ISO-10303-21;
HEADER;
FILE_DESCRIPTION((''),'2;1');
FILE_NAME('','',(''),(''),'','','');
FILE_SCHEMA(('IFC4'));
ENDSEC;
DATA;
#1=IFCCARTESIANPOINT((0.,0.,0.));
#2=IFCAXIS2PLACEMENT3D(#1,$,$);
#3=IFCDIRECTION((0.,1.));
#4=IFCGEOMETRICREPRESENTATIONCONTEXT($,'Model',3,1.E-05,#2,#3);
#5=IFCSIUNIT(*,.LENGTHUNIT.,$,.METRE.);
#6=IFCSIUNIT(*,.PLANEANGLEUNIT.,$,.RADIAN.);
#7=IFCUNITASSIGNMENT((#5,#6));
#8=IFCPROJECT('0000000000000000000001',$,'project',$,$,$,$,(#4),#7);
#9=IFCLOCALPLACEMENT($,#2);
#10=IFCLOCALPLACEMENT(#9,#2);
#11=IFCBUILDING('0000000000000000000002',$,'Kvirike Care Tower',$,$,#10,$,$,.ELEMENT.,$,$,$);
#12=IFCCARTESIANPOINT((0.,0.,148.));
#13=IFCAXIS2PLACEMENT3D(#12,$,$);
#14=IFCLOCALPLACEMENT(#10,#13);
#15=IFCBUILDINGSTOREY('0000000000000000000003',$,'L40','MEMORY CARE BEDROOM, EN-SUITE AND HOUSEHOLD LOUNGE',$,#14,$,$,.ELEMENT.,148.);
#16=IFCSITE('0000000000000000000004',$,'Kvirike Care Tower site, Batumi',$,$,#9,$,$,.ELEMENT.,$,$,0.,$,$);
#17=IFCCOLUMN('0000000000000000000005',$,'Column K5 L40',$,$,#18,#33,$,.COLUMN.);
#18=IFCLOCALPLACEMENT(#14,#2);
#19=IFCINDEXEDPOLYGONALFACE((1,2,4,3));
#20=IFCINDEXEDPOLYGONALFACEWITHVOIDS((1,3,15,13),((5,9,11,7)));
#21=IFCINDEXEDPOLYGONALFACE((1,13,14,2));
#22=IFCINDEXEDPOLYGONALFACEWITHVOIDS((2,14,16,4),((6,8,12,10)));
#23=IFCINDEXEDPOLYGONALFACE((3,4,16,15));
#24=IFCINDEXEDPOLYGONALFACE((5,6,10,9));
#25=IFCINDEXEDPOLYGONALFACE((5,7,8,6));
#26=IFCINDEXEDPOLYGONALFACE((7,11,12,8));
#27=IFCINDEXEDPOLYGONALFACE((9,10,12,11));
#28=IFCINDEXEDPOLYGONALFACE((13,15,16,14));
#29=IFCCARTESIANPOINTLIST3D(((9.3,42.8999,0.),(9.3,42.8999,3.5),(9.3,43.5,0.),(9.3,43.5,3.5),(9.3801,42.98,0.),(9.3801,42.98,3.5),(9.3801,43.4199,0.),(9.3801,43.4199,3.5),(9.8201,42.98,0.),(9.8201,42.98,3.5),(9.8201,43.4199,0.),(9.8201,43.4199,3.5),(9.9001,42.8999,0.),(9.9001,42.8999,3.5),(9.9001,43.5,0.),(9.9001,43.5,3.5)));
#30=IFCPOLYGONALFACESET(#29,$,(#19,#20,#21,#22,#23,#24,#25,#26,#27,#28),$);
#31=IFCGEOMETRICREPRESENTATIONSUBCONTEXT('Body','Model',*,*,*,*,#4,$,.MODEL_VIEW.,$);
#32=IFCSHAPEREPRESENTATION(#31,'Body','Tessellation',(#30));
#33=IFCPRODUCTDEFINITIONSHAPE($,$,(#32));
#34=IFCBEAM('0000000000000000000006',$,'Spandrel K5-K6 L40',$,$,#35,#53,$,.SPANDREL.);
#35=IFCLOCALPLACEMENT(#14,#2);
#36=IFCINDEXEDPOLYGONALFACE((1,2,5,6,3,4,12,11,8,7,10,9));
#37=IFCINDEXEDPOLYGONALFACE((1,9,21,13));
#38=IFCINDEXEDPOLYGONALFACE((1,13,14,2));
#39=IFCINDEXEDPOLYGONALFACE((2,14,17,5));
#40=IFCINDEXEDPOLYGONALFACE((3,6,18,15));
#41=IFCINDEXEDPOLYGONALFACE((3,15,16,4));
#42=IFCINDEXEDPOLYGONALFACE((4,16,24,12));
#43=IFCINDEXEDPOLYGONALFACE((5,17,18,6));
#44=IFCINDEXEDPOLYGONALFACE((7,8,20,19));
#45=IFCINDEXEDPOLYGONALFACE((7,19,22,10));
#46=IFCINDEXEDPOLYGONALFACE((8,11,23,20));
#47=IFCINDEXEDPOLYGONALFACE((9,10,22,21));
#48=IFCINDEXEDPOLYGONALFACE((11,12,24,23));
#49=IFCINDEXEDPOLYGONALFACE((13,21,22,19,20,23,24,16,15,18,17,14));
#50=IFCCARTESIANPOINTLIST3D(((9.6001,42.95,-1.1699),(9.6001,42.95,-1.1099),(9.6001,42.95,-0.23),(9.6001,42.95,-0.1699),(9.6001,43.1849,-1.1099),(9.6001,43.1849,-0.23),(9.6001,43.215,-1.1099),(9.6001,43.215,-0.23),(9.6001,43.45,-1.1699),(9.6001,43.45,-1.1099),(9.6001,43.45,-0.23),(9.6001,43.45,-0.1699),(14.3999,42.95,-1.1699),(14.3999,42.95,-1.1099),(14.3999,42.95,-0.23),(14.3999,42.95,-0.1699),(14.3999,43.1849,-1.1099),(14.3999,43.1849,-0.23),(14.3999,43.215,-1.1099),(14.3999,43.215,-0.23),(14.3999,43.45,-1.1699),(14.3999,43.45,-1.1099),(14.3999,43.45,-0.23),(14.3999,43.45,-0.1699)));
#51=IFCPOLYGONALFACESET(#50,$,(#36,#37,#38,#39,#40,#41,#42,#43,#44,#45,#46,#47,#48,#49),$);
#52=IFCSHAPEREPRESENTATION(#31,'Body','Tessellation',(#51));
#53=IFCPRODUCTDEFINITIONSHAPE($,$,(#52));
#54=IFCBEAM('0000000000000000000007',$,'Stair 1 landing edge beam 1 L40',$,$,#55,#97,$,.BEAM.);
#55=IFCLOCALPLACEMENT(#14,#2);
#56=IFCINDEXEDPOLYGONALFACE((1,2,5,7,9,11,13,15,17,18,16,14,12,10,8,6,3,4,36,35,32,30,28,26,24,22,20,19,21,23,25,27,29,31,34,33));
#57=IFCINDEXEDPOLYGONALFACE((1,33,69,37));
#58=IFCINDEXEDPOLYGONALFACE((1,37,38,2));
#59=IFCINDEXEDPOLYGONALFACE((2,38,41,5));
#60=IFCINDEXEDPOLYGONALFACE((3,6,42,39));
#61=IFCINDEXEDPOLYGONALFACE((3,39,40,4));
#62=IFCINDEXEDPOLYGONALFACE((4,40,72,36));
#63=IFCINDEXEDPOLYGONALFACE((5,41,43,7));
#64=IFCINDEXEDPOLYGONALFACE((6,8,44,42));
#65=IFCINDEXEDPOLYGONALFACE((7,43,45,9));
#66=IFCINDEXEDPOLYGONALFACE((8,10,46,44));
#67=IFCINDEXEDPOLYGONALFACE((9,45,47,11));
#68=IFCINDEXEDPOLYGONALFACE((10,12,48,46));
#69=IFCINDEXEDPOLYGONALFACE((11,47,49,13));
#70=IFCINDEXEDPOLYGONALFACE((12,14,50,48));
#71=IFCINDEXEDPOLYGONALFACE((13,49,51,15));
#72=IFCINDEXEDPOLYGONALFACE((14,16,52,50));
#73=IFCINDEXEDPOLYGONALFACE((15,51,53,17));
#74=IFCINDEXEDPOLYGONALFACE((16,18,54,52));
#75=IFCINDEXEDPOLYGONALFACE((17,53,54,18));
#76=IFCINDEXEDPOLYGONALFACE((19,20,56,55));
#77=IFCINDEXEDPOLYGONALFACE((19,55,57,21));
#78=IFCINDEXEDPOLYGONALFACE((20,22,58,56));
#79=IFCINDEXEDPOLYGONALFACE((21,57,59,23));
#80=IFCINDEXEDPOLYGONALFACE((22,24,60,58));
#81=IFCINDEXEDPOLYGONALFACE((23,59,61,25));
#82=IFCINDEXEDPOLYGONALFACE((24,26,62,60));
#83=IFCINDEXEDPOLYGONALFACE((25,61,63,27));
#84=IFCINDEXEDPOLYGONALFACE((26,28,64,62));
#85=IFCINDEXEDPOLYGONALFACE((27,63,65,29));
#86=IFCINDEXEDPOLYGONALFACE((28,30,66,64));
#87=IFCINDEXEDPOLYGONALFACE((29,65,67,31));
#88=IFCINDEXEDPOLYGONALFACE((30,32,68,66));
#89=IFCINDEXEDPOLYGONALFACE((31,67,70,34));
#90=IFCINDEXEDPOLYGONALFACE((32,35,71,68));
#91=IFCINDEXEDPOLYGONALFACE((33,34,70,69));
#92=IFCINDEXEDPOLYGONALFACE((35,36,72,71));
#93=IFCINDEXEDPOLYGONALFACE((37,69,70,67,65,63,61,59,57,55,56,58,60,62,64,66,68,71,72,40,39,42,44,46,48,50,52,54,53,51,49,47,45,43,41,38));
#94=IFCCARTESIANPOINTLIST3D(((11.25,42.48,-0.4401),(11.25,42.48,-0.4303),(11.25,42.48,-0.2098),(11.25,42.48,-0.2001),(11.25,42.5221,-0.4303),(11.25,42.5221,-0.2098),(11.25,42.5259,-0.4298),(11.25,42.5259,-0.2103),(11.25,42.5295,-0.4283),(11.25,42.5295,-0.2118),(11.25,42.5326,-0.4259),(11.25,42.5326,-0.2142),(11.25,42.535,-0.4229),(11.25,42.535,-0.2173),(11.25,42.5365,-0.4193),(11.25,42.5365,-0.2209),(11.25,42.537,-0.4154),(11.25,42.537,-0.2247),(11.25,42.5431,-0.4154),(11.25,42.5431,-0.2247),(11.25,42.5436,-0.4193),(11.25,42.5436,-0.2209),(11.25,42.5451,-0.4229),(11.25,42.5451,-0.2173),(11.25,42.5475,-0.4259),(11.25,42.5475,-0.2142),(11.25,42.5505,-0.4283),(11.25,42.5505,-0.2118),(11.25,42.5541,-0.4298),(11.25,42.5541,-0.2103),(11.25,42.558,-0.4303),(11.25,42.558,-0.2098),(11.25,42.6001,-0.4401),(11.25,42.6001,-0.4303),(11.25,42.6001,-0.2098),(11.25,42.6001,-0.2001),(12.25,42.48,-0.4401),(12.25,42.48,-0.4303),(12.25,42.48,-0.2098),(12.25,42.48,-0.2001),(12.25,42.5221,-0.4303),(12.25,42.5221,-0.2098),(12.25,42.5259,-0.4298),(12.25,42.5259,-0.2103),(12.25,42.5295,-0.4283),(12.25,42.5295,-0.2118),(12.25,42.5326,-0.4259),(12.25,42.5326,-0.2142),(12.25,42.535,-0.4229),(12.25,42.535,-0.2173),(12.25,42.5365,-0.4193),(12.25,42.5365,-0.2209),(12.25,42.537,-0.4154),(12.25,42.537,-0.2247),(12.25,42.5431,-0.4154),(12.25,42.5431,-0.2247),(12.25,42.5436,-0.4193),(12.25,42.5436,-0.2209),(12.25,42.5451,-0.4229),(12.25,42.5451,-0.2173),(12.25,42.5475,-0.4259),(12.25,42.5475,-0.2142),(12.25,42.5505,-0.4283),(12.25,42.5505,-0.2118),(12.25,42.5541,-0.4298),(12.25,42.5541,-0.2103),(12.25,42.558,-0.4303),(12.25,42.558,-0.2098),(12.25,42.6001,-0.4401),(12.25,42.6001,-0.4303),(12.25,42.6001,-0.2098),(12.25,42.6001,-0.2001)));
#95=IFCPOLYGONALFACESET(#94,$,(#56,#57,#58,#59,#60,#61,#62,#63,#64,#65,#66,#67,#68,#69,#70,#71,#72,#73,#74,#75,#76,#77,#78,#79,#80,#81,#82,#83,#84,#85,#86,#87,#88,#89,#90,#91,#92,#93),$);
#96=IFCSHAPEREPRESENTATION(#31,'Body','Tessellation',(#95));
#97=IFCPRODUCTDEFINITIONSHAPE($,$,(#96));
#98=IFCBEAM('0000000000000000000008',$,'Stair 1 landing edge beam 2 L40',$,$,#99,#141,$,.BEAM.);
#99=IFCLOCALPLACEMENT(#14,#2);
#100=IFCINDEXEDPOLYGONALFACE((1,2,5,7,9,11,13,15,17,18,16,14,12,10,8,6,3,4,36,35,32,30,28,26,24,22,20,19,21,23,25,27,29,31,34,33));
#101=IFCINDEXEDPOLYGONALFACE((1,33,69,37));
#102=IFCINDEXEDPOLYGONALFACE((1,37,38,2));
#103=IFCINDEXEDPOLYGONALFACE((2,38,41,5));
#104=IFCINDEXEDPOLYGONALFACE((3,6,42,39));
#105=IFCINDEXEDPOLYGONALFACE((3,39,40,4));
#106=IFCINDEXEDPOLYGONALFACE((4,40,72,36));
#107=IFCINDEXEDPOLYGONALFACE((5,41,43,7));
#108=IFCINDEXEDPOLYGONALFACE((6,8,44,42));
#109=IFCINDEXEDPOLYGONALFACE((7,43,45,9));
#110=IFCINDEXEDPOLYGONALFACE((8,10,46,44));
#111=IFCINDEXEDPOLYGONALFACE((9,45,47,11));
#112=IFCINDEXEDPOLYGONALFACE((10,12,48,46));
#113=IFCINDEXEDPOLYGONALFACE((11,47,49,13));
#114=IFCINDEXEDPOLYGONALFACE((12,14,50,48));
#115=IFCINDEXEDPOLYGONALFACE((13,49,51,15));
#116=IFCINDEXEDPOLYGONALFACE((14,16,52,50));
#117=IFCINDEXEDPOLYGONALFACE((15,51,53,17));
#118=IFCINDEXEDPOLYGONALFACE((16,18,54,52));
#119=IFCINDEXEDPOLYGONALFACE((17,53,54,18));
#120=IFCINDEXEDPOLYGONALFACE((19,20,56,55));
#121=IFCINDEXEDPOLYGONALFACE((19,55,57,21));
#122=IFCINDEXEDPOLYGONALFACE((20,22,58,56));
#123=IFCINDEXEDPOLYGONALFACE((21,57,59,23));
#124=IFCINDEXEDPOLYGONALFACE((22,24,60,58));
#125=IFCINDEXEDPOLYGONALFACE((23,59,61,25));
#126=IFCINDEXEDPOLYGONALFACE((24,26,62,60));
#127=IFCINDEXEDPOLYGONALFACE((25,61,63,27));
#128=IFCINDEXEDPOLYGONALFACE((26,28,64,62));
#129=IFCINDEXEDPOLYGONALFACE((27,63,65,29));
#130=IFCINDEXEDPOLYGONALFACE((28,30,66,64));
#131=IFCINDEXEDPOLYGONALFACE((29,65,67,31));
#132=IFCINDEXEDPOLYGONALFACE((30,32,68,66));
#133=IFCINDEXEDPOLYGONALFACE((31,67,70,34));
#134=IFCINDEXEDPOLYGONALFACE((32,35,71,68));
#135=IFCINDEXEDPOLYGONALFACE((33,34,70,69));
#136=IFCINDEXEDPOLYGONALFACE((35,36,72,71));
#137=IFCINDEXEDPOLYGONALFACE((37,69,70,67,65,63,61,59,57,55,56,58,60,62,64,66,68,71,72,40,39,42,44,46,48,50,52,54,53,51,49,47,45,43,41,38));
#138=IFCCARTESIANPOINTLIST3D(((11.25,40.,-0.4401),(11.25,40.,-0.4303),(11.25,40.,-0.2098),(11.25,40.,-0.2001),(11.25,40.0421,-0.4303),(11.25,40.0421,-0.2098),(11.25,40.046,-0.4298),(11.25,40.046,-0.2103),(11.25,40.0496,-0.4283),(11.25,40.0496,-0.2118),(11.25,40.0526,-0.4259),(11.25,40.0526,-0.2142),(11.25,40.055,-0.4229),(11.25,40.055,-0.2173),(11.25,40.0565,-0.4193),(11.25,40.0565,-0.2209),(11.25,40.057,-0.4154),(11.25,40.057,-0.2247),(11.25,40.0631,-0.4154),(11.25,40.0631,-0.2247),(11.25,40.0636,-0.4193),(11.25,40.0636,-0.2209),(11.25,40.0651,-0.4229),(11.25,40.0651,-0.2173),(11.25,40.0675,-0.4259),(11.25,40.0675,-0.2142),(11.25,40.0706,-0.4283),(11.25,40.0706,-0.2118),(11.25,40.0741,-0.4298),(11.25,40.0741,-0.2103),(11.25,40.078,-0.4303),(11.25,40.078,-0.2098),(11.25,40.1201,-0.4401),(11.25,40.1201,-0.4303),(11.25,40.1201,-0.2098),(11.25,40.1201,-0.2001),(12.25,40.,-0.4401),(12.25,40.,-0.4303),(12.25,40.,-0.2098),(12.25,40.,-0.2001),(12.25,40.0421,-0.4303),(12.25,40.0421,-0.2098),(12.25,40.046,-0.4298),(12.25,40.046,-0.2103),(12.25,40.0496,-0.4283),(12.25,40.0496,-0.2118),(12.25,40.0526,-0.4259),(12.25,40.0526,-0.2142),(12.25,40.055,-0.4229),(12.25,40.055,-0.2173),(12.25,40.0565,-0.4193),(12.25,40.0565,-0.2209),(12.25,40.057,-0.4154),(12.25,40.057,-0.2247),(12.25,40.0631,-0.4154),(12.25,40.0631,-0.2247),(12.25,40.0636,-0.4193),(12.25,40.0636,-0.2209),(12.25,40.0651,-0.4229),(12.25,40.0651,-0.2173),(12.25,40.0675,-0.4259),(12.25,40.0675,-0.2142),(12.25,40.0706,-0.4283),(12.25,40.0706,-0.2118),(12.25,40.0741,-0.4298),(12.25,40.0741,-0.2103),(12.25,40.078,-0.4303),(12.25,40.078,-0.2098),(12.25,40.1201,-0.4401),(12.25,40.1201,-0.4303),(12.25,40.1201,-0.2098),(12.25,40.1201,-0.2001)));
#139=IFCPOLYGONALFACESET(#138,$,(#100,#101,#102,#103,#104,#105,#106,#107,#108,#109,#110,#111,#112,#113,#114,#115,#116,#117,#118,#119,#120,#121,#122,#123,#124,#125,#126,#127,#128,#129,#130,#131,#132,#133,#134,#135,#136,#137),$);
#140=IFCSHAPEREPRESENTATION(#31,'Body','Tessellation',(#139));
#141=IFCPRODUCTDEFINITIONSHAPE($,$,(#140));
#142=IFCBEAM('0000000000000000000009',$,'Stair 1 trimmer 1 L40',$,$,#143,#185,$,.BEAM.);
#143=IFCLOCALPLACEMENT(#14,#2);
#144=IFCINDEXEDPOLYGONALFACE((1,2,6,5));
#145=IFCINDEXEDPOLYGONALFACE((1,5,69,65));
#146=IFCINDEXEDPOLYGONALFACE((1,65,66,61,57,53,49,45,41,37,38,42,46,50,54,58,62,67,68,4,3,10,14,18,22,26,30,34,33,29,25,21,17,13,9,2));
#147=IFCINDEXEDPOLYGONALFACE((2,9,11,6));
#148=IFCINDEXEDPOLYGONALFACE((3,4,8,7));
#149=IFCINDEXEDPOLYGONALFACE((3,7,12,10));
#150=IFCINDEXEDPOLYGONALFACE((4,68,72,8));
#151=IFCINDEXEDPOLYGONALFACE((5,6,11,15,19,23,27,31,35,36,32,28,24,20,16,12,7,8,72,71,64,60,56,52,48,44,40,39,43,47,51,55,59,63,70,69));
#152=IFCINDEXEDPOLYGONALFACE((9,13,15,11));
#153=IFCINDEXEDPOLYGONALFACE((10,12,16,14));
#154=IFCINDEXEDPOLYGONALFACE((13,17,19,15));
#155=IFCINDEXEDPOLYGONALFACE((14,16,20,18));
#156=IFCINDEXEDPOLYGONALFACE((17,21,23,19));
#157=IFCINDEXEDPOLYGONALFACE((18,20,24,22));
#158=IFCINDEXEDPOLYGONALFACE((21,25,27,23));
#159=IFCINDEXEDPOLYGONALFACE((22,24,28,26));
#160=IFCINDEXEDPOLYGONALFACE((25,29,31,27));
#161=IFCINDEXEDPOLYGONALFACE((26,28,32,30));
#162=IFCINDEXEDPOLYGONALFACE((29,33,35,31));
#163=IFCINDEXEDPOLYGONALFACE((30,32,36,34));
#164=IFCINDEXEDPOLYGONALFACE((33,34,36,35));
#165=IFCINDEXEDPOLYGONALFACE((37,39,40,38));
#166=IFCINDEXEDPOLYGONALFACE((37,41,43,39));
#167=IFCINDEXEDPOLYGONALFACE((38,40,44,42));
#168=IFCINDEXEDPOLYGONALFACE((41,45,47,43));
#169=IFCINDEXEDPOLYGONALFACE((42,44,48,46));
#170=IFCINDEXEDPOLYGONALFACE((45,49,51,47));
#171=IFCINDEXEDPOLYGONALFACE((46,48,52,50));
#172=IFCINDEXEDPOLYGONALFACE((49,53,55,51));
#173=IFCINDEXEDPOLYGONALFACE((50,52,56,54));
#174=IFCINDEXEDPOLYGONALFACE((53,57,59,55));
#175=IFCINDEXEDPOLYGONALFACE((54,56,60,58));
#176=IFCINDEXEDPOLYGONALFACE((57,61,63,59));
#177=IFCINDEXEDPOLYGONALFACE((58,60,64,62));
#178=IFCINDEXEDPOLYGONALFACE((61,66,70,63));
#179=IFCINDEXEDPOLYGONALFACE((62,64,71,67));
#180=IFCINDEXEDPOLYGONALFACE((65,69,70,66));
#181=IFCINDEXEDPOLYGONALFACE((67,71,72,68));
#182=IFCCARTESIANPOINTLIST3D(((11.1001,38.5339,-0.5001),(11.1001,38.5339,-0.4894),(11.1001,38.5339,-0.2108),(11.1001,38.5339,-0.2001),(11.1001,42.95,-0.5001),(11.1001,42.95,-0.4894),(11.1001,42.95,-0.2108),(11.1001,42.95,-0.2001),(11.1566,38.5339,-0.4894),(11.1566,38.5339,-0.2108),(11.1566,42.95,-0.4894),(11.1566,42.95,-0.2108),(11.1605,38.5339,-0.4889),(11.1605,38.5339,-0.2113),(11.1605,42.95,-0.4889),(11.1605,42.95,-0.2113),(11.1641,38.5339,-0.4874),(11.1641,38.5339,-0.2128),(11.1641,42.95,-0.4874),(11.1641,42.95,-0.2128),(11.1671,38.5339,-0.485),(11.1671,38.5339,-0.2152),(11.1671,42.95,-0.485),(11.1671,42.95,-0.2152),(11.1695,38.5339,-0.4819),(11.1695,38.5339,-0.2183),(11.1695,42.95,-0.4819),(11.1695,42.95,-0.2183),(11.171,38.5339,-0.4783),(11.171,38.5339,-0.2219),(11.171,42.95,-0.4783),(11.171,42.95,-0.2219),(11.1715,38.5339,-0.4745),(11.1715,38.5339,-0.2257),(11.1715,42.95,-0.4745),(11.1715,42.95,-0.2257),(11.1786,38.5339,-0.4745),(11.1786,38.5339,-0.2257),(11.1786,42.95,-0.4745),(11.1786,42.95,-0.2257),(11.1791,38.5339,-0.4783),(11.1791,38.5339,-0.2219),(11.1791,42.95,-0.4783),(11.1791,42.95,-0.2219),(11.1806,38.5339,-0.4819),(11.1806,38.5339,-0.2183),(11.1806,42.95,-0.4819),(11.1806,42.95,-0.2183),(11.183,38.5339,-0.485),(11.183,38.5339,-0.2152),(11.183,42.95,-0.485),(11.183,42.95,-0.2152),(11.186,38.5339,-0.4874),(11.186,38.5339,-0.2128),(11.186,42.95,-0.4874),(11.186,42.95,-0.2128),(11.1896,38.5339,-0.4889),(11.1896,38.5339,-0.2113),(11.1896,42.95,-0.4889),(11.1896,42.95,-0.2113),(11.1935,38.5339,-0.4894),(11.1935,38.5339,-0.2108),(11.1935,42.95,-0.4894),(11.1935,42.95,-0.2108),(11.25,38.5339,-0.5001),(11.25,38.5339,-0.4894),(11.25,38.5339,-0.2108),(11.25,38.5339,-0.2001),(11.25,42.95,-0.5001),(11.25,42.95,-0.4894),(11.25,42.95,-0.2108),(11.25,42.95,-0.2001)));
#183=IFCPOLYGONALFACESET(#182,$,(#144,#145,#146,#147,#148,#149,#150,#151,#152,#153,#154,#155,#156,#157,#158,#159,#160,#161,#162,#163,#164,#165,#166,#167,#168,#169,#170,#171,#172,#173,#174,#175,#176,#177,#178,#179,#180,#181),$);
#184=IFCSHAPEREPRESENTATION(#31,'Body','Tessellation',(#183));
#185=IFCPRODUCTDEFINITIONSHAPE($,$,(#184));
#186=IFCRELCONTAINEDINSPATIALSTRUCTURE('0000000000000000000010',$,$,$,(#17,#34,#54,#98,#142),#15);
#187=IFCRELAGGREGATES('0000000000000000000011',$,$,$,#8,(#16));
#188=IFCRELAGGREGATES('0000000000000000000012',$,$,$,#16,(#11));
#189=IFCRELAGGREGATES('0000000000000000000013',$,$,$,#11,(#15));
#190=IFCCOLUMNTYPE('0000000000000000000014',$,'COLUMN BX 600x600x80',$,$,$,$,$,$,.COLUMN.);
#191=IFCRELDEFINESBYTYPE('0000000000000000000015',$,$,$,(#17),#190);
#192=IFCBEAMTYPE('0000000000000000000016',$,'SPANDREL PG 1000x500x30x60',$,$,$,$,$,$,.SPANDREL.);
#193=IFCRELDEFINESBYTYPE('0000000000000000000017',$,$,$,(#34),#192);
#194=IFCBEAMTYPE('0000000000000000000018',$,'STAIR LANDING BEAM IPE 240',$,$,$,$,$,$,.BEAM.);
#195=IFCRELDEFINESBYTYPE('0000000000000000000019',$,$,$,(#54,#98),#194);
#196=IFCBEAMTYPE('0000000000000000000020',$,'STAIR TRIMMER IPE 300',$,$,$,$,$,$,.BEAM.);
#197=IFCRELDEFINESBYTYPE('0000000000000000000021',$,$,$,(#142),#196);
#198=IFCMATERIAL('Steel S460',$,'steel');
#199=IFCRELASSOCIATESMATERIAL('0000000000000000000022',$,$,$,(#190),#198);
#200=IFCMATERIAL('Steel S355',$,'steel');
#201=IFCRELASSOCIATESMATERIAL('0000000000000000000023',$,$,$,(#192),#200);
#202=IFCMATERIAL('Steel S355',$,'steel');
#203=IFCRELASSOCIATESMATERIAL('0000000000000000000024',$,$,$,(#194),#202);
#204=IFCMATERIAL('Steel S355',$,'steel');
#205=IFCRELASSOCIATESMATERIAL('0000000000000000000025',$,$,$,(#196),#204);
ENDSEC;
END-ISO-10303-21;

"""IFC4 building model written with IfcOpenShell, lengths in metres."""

from ifc_helpers import new_model, si_unit, direction, frame, origin, origin_2d, place, context, subcontext, project, spatial, hollow_rectangle, i_section, extrude, material, material_profile, profile_set, type_object, element, save


model = new_model("IFC4")

# Units and contexts
model_context = context("Model", 3, precision=1e-05, world=origin(), true_north=direction((0.0, 1.0)))
body_context = subcontext(model_context, "Body", "Model", "MODEL_VIEW")
ifc_project = project(units=[si_unit("LENGTHUNIT", "METRE"), si_unit("PLANEANGLEUNIT", "RADIAN")], contexts=[model_context])

# Site, building, storey
site_placement = place(None, origin())
site = spatial("IfcSite", under=ifc_project, at=site_placement, Name="Kvirike Care Tower site, Batumi", CompositionType="ELEMENT", RefElevation=0.0)
building_placement = place(site_placement, origin())
building = spatial("IfcBuilding", under=site, at=building_placement, Name="Kvirike Care Tower", CompositionType="ELEMENT")
storey_placement = place(building_placement, frame((0.0, 0.0, 148.0)))
storey = spatial("IfcBuildingStorey", under=building, at=storey_placement, Name="L40", Description="MEMORY CARE BEDROOM, EN-SUITE AND HOUSEHOLD LOUNGE", CompositionType="ELEMENT", Elevation=148.0)

# Column
ifc_material_1 = material(Name="Steel S460", Category="steel")
ifc_material_profile_1 = material_profile(ifc_material_1, hollow_rectangle(XDim=0.6001, YDim=0.6001, WallThickness=0.0801, at=origin_2d()), Name="BX 600x600x80")
ifc_profile_set_1 = profile_set([ifc_material_profile_1], Name="Steel S460")
column_type = type_object("IfcColumnType", Name="COLUMN BX 600x600x80", PredefinedType="COLUMN", material=ifc_profile_set_1)
column_placement = place(storey_placement, frame((9.6001, 43.2, 0.0), z_axis=(0.0, 0.0, 1.0), x_axis=(0.0, 1.0, 0.0)))
element("IfcColumn", 1, at=column_placement, inside=storey, type_object=column_type, Name="Column K5 L40", PredefinedType="COLUMN", context=body_context, shape_type="SweptSolid", body=[
    extrude(hollow_rectangle(XDim=0.6001, YDim=0.6001, WallThickness=0.0801, at=origin_2d()), origin(), (0.0, 0.0, 1.0), 3.5),
])

# Beams
ifc_material_2 = material(Name="Steel S355", Category="steel")
ifc_material_profile_2 = material_profile(ifc_material_2, i_section(OverallWidth=0.5, OverallDepth=1.0, WebThickness=0.03, FlangeThickness=0.0601, at=origin_2d()), Name="PG 1000x500x30x60")
ifc_profile_set_2 = profile_set([ifc_material_profile_2], Name="Steel S355")
beam_type_1 = type_object("IfcBeamType", Name="SPANDREL PG 1000x500x30x60", PredefinedType="SPANDREL", material=ifc_profile_set_2)
beam_placement = place(storey_placement, frame((9.6001, 43.2, -0.6699), z_axis=(1.0, 0.0, 0.0), x_axis=(0.0, 1.0, 0.0)))
element("IfcBeam", 2, at=beam_placement, inside=storey, type_object=beam_type_1, Name="Spandrel K5-K6 L40", PredefinedType="SPANDREL", context=body_context, shape_type="SweptSolid", body=[
    extrude(i_section(OverallWidth=0.5, OverallDepth=1.0, WebThickness=0.03, FlangeThickness=0.0601, at=origin_2d()), origin(), (0.0, 0.0, 1.0), 4.7998),
])
ifc_material_3 = material(Name="Steel S355", Category="steel")
ifc_material_profile_3 = material_profile(ifc_material_3, i_section(OverallWidth=0.1201, OverallDepth=0.24, WebThickness=0.0061, FlangeThickness=0.0098, FilletRadius=0.0149, at=origin_2d()), Name="IPE 240")
ifc_profile_set_3 = profile_set([ifc_material_profile_3], Name="Steel S355")
beam_type_2 = type_object("IfcBeamType", Name="STAIR LANDING BEAM IPE 240", PredefinedType="BEAM", material=ifc_profile_set_3)
for number, where, z_axis, x_axis, name in (
    (3, (11.25, 42.54, -0.3201), (1.0, 0.0, 0.0), (0.0, 1.0, 0.0), "Stair 1 landing edge beam 1 L40"),
    (4, (11.25, 40.0601, -0.3201), (1.0, 0.0, 0.0), (0.0, 1.0, 0.0), "Stair 1 landing edge beam 2 L40"),
):
    element("IfcBeam", number, at=place(storey_placement, frame(where, z_axis=z_axis, x_axis=x_axis)), inside=storey, type_object=beam_type_2, Name=name, PredefinedType="BEAM", context=body_context, shape_type="SweptSolid", body=[
        extrude(i_section(OverallWidth=0.1201, OverallDepth=0.24, WebThickness=0.0061, FlangeThickness=0.0098, FilletRadius=0.0149, at=origin_2d()), origin(), (0.0, 0.0, 1.0), 1.0),
    ])
ifc_material_4 = material(Name="Steel S355", Category="steel")
ifc_material_profile_4 = material_profile(ifc_material_4, i_section(OverallWidth=0.1499, OverallDepth=0.3, WebThickness=0.0071, FlangeThickness=0.0107, FilletRadius=0.0149, at=origin_2d()), Name="IPE 300")
ifc_profile_set_4 = profile_set([ifc_material_profile_4], Name="Steel S355")
beam_type_3 = type_object("IfcBeamType", Name="STAIR TRIMMER IPE 300", PredefinedType="BEAM", material=ifc_profile_set_4)
for number, where, z_axis, x_axis, name in (
    (5, (11.175, 42.95, -0.3501), (0.0, -1.0, 0.0), (1.0, 0.0, 0.0), "Stair 1 trimmer 1 L40"),
):
    element("IfcBeam", number, at=place(storey_placement, frame(where, z_axis=z_axis, x_axis=x_axis)), inside=storey, type_object=beam_type_3, Name=name, PredefinedType="BEAM", context=body_context, shape_type="SweptSolid", body=[
        extrude(i_section(OverallWidth=0.1499, OverallDepth=0.3, WebThickness=0.0071, FlangeThickness=0.0107, FilletRadius=0.0149, at=origin_2d()), origin(), (0.0, 0.0, 1.0), 4.416),
    ])

save(model, "model.ifc")
